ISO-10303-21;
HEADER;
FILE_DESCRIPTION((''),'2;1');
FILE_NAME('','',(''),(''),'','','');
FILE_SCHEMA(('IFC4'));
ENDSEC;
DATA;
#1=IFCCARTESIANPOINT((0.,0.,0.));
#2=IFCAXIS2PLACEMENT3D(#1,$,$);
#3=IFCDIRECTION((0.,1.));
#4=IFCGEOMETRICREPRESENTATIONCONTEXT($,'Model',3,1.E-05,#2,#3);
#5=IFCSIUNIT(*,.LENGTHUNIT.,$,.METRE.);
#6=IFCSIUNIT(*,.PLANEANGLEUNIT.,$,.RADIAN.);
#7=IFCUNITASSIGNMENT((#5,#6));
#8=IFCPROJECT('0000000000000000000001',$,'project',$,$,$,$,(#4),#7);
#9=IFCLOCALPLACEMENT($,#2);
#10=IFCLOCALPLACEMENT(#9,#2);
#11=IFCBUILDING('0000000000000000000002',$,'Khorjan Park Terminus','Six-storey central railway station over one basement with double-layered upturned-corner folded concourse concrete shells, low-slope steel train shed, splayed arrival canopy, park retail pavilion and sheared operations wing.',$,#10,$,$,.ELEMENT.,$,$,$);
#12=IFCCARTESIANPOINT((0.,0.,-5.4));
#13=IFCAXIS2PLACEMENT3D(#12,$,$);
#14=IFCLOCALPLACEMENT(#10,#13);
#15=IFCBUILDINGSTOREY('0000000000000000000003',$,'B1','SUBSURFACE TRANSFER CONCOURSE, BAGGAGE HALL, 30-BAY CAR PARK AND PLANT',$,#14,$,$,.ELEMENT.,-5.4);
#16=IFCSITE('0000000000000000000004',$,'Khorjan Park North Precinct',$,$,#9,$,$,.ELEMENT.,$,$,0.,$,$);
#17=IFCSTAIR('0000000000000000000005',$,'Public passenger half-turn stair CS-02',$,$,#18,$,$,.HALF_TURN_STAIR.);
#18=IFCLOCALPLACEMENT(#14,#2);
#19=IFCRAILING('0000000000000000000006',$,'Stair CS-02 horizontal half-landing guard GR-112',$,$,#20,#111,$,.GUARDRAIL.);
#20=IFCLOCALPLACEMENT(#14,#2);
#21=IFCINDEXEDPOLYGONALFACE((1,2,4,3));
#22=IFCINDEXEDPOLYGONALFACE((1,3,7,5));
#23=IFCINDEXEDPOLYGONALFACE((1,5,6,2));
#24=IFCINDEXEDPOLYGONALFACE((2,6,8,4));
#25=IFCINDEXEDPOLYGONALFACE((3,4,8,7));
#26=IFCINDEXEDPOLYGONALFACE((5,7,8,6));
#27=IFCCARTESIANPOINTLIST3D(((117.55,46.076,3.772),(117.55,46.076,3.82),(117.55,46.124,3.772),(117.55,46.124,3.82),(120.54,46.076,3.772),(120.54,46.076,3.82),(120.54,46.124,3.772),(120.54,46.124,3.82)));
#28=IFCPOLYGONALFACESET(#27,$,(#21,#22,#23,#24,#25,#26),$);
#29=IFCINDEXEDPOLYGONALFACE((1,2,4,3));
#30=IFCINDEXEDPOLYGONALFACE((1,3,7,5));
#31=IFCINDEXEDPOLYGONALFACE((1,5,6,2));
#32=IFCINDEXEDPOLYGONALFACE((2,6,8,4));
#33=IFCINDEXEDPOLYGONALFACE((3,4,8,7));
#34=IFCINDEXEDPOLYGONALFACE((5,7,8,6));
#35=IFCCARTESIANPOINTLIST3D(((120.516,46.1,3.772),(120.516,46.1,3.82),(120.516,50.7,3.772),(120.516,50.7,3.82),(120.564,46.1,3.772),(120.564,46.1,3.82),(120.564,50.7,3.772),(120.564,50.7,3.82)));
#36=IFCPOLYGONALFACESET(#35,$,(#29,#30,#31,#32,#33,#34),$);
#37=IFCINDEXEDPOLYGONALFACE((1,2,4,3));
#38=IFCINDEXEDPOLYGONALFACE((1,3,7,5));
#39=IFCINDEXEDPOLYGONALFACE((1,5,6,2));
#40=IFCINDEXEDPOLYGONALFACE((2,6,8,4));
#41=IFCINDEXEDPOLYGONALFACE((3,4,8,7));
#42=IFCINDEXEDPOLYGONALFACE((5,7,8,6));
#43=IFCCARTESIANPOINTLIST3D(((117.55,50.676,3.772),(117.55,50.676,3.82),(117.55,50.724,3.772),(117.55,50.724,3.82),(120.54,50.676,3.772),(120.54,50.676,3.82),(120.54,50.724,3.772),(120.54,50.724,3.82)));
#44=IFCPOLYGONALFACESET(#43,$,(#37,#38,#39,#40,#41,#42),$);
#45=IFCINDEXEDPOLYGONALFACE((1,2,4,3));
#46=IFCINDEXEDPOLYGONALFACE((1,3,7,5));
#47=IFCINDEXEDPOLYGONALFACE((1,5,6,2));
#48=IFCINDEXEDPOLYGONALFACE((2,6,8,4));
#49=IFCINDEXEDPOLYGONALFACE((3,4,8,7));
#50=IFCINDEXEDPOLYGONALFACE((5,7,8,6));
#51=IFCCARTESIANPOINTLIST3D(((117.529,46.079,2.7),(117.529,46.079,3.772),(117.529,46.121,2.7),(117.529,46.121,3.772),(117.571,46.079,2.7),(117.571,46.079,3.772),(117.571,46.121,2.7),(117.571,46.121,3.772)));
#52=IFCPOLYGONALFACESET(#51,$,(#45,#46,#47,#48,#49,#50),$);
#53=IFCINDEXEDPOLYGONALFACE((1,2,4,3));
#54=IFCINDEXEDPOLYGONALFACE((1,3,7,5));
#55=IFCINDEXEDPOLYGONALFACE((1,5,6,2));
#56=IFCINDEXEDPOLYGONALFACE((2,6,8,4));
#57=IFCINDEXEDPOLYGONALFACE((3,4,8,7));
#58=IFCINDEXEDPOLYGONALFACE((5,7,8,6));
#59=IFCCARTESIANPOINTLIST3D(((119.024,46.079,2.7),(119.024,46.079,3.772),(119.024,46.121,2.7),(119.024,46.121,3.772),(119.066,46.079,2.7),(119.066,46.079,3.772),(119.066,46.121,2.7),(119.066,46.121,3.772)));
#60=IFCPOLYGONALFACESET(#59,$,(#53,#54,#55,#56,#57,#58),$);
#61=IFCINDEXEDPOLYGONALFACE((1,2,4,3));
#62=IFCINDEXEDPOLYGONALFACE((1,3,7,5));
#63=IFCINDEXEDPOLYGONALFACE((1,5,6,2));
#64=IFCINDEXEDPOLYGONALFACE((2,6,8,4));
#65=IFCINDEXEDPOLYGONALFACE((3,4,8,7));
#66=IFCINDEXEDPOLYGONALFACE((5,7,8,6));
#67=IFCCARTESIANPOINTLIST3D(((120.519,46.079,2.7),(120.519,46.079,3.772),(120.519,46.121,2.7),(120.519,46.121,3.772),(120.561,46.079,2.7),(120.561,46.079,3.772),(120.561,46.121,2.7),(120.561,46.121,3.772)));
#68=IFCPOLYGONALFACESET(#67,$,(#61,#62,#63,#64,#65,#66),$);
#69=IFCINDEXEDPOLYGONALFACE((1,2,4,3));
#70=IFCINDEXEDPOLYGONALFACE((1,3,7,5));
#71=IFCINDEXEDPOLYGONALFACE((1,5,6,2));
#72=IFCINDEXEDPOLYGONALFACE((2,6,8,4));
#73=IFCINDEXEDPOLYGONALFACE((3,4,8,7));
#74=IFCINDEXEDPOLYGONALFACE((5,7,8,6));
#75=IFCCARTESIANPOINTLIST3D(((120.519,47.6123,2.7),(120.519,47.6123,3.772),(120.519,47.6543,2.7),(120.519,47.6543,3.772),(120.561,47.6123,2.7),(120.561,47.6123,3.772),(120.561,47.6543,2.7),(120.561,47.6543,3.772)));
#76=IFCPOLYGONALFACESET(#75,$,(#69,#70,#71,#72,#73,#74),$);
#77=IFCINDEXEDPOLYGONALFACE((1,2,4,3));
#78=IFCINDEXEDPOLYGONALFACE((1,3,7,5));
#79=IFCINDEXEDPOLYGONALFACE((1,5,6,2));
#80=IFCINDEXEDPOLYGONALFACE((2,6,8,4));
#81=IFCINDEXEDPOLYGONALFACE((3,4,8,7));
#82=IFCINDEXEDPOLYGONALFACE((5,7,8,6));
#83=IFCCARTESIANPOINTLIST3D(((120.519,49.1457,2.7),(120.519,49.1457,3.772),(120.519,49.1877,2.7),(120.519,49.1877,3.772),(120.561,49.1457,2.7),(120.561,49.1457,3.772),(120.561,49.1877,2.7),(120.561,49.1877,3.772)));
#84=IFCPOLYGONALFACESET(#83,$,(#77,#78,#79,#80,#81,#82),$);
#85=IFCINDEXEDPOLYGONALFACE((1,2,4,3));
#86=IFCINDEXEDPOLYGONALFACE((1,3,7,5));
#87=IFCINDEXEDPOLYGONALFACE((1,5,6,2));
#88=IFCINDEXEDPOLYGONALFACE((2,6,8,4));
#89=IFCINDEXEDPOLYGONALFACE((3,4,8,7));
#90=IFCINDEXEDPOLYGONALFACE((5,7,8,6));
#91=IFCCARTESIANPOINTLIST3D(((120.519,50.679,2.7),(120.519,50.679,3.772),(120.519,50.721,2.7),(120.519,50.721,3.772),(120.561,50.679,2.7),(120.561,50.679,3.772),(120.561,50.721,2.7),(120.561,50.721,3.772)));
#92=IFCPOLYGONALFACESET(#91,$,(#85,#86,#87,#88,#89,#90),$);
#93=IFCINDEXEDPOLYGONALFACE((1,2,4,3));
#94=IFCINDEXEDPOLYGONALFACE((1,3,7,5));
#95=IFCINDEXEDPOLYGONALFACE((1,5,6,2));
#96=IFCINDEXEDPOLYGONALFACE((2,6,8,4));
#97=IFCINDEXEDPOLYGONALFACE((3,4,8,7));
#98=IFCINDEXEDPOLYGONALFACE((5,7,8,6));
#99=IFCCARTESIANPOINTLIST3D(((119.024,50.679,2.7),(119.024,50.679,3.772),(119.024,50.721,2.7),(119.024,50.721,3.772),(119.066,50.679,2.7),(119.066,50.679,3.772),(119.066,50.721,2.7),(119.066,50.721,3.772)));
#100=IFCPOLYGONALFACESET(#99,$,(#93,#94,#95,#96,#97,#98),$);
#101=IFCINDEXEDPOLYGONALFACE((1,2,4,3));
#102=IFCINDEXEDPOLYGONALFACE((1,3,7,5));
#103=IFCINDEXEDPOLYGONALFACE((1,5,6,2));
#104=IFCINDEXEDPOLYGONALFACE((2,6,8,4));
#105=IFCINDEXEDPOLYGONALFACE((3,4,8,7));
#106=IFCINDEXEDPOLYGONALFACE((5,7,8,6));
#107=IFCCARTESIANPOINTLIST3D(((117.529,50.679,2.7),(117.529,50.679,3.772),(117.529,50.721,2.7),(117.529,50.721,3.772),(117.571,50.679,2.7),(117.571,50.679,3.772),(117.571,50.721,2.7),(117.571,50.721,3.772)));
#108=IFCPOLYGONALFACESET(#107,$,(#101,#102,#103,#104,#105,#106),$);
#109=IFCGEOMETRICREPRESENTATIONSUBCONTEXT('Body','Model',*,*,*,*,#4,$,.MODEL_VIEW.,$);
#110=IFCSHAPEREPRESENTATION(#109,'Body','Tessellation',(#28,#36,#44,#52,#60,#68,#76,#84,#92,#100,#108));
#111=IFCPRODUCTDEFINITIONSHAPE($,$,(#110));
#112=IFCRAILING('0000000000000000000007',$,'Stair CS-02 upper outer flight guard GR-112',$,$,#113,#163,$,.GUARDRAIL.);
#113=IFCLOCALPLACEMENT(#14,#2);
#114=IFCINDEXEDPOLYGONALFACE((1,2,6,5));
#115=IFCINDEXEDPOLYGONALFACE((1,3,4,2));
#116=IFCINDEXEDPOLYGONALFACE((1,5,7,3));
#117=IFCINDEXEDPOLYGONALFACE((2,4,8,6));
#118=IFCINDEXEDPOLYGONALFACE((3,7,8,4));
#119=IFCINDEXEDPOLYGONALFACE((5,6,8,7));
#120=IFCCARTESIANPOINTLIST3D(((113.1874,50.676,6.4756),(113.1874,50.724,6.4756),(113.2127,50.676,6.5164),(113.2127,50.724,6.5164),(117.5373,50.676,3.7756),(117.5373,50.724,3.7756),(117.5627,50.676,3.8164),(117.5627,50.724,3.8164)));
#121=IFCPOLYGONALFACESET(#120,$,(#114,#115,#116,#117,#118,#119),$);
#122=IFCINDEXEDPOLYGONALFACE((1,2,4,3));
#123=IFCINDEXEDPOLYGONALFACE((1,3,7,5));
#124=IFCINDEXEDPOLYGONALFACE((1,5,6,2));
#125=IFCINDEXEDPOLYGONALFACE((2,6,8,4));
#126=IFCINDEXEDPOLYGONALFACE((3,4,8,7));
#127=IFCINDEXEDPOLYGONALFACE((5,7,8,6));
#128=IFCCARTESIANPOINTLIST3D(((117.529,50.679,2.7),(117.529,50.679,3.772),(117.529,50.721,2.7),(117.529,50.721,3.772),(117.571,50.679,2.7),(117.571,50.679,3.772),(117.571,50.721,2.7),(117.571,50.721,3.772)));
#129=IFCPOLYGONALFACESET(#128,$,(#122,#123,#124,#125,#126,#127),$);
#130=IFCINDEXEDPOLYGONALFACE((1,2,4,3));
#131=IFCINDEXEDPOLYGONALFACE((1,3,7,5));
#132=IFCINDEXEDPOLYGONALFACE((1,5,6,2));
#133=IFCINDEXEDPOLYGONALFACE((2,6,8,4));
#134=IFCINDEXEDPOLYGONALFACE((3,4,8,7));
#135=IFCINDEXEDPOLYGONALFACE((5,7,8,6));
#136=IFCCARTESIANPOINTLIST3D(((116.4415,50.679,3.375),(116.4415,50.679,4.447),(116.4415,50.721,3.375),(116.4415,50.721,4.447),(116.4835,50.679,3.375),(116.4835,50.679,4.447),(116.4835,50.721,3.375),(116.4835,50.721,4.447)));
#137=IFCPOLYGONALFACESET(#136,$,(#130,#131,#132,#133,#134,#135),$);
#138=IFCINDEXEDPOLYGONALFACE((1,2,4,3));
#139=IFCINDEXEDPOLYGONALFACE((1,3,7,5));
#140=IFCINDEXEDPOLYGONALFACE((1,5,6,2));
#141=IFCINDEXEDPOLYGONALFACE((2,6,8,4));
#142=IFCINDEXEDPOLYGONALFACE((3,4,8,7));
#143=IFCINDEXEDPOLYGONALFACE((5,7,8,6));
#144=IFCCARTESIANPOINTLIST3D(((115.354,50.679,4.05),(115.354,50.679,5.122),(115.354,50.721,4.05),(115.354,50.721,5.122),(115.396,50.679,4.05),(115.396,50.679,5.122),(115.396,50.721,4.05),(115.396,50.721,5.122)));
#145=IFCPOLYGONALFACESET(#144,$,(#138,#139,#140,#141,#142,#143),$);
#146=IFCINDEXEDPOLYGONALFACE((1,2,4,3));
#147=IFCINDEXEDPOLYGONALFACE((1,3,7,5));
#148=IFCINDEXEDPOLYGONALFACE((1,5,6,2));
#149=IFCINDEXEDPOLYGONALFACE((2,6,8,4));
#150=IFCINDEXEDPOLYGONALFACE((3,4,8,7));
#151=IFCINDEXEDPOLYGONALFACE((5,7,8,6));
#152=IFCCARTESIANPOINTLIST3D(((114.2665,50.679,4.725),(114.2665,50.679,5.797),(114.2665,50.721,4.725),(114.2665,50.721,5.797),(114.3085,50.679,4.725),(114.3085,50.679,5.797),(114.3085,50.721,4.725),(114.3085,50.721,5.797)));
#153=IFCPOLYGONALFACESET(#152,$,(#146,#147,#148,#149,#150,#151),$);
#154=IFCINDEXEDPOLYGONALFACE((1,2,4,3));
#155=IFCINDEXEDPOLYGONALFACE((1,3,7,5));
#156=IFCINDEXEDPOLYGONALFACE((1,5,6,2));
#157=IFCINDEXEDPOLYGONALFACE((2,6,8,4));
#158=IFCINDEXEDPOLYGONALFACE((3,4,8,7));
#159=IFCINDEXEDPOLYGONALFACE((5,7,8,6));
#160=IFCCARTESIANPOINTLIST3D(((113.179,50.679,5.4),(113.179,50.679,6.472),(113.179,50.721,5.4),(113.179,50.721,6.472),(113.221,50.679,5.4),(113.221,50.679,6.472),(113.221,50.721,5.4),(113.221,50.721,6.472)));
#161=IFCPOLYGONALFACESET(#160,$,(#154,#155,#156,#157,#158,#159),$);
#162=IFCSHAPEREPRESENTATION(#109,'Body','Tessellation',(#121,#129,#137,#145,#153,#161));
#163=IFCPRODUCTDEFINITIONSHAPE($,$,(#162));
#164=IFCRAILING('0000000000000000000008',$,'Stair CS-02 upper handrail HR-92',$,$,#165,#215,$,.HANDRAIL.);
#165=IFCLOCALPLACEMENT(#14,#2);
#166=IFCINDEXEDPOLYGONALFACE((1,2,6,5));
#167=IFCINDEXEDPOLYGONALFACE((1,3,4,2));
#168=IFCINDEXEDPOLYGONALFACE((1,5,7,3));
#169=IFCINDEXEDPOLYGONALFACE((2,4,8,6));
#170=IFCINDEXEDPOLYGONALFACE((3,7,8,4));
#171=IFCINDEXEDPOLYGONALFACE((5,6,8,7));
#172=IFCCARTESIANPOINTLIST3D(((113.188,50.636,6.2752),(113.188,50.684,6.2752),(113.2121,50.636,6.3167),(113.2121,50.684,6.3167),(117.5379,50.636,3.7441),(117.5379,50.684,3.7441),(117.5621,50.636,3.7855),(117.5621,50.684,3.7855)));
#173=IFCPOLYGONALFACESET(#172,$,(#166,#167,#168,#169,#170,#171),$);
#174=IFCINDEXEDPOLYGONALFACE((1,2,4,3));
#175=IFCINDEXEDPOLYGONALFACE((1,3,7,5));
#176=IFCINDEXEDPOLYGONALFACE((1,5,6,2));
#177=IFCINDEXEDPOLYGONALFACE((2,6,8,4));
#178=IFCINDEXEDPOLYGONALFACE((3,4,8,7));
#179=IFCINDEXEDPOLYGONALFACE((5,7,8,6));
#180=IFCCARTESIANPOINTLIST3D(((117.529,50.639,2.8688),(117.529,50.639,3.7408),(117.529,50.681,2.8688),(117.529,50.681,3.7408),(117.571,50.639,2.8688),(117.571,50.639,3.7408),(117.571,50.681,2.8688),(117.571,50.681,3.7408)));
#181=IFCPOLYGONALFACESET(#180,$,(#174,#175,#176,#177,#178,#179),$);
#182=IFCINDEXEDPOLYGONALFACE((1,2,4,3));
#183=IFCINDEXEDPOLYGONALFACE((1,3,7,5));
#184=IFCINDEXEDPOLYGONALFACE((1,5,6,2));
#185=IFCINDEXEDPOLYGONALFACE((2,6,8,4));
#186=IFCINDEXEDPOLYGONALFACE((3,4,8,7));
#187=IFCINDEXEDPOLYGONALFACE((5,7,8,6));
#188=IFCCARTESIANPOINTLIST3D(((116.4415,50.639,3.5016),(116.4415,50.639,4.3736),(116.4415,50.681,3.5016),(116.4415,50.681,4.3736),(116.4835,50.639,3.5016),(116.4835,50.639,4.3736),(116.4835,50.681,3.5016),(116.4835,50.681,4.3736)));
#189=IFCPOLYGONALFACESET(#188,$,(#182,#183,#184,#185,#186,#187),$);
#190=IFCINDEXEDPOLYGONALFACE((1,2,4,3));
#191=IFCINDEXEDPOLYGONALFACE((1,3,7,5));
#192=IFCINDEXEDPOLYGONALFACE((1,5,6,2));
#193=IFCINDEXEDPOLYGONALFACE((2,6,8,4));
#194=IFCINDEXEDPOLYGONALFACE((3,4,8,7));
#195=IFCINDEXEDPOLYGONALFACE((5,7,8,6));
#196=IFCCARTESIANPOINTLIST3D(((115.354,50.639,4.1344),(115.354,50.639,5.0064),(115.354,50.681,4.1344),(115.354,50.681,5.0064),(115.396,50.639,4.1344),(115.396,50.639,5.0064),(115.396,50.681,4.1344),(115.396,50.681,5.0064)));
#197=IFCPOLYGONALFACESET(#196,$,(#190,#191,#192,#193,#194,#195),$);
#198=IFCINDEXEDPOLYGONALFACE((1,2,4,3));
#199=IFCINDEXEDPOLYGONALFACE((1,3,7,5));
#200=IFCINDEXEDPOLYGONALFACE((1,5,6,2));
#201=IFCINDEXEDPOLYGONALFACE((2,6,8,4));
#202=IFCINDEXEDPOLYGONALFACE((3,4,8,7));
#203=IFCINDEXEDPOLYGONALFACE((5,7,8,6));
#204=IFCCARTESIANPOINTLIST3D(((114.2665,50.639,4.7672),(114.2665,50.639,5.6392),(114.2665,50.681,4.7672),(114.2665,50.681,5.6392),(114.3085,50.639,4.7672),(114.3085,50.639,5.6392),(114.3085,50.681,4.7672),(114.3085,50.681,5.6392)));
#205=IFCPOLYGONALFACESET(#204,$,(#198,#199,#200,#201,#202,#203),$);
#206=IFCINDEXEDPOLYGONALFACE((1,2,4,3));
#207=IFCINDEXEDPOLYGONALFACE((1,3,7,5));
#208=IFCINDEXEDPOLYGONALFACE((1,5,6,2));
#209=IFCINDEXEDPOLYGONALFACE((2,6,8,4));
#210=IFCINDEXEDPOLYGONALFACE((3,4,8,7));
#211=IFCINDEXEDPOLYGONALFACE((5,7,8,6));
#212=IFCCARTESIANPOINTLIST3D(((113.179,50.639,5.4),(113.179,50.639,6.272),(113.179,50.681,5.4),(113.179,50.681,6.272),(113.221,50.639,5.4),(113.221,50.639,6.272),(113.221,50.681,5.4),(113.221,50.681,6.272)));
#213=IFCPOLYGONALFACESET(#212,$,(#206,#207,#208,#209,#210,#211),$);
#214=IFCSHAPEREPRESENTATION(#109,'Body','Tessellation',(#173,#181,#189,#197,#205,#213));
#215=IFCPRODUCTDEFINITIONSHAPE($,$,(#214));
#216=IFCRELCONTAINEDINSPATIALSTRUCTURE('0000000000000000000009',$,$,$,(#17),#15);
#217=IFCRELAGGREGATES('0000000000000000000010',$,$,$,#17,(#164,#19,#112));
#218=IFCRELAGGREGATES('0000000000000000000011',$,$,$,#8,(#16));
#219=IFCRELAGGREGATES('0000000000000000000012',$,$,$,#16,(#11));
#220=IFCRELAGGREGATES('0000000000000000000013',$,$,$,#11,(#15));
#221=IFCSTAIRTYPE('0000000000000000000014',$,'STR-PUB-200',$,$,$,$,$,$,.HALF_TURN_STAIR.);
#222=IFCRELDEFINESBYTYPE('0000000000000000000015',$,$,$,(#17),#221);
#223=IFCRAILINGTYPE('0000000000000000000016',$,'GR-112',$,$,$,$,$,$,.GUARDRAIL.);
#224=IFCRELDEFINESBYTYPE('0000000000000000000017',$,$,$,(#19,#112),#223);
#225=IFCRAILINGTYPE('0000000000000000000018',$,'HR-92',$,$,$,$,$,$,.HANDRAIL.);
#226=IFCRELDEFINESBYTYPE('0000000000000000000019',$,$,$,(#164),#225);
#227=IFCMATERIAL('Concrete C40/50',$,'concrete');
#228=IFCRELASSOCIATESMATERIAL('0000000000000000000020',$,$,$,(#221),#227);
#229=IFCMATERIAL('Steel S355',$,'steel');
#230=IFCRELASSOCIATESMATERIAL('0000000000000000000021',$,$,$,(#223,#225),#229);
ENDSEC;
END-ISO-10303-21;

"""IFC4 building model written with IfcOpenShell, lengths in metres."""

from ifc_helpers import new_model, si_unit, direction, frame, origin, origin_2d, place, context, subcontext, project, spatial, rectangle, extrude, material, type_object, element, aggregate, save


model = new_model("IFC4")

# Units and contexts
model_context = context("Model", 3, precision=1e-05, world=origin(), true_north=direction((0.0, 1.0)))
body_context = subcontext(model_context, "Body", "Model", "MODEL_VIEW")
ifc_project = project(units=[si_unit("LENGTHUNIT", "METRE"), si_unit("PLANEANGLEUNIT", "RADIAN")], contexts=[model_context])

# Site, building, storey
site_placement = place(None, origin())
site = spatial("IfcSite", under=ifc_project, at=site_placement, Name="Khorjan Park North Precinct", CompositionType="ELEMENT", RefElevation=0.0)
building_placement = place(site_placement, origin())
building = spatial("IfcBuilding", under=site, at=building_placement, Name="Khorjan Park Terminus", Description="Six-storey central railway station over one basement with double-layered upturned-corner folded concourse concrete shells, low-slope steel train shed, splayed arrival canopy, park retail pavilion and sheared operations wing.", CompositionType="ELEMENT")
storey_placement = place(building_placement, frame((0.0, 0.0, -5.4)))
storey = spatial("IfcBuildingStorey", under=building, at=storey_placement, Name="B1", Description="SUBSURFACE TRANSFER CONCOURSE, BAGGAGE HALL, 30-BAY CAR PARK AND PLANT", CompositionType="ELEMENT", Elevation=-5.4)

# Shared definitions
ifc_material_1 = material(Name="Concrete C40/50", Category="concrete")

# Shared definitions
ifc_material_2 = material(Name="Steel S355", Category="steel")

# Stair, railings
stair_type = type_object("IfcStairType", Name="STR-PUB-200", PredefinedType="HALF_TURN_STAIR", material=ifc_material_1)
stair_placement = place(storey_placement, origin())
stair = element("IfcStair", 1, at=stair_placement, inside=storey, type_object=stair_type, Name="Public passenger half-turn stair CS-02", PredefinedType="HALF_TURN_STAIR")
railing_type_1 = type_object("IfcRailingType", Name="GR-112", PredefinedType="GUARDRAIL", material=ifc_material_2)
railing_1_placement = place(storey_placement, frame((117.55, 46.1, 2.7)))
railing_1 = element("IfcRailing", 2, at=railing_1_placement, type_object=railing_type_1, Name="Stair CS-02 horizontal half-landing guard GR-112", PredefinedType="GUARDRAIL", context=body_context, shape_type="SweptSolid", body=[
    extrude(rectangle(XDim=0.048, YDim=0.048, at=origin_2d()), frame((0.0, 0.0, 1.096), z_axis=(1.0, 0.0, 0.0), x_axis=(0.0, 1.0, 0.0)), (0.0, 0.0, 1.0), 2.99),
    extrude(rectangle(XDim=0.048, YDim=0.048, at=origin_2d()), frame((2.99, 0.0, 1.096), z_axis=(0.0, 1.0, 0.0), x_axis=(-1.0, 0.0, 0.0)), (0.0, 0.0, 1.0), 4.6),
    extrude(rectangle(XDim=0.048, YDim=0.048, at=origin_2d()), frame((2.99, 4.6, 1.096), z_axis=(-1.0, 0.0, 0.0), x_axis=(0.0, -1.0, 0.0)), (0.0, 0.0, 1.0), 2.99),
    extrude(rectangle(XDim=0.042, YDim=0.042, at=origin_2d()), origin(), (0.0, 0.0, 1.0), 1.072),
    extrude(rectangle(XDim=0.042, YDim=0.042, at=origin_2d()), frame((1.495, 0.0, 0.0)), (0.0, 0.0, 1.0), 1.072),
    extrude(rectangle(XDim=0.042, YDim=0.042, at=origin_2d()), frame((2.99, 0.0, 0.0)), (0.0, 0.0, 1.0), 1.072),
    extrude(rectangle(XDim=0.042, YDim=0.042, at=origin_2d()), frame((2.99, 1.5333, 0.0)), (0.0, 0.0, 1.0), 1.072),
    extrude(rectangle(XDim=0.042, YDim=0.042, at=origin_2d()), frame((2.99, 3.0667, 0.0)), (0.0, 0.0, 1.0), 1.072),
    extrude(rectangle(XDim=0.042, YDim=0.042, at=origin_2d()), frame((2.99, 4.6, 0.0)), (0.0, 0.0, 1.0), 1.072),
    extrude(rectangle(XDim=0.042, YDim=0.042, at=origin_2d()), frame((1.495, 4.6, 0.0)), (0.0, 0.0, 1.0), 1.072),
    extrude(rectangle(XDim=0.042, YDim=0.042, at=origin_2d()), frame((0.0, 4.6, 0.0)), (0.0, 0.0, 1.0), 1.072),
])
railing_2_placement = place(storey_placement, frame((117.55, 50.7, 2.7)))
railing_2 = element("IfcRailing", 3, at=railing_2_placement, type_object=railing_type_1, Name="Stair CS-02 upper outer flight guard GR-112", PredefinedType="GUARDRAIL", context=body_context, shape_type="SweptSolid", body=[
    extrude(rectangle(XDim=0.048, YDim=0.048, at=origin_2d()), frame((0.0, 0.0, 1.096), z_axis=(-0.84964, 0.0, 0.527363), x_axis=(0.0, -1.0, 0.0)), (0.0, 0.0, 1.0), 5.1198),
    extrude(rectangle(XDim=0.042, YDim=0.042, at=origin_2d()), origin(), (0.0, 0.0, 1.0), 1.072),
    extrude(rectangle(XDim=0.042, YDim=0.042, at=origin_2d()), frame((-1.0875, 0.0, 0.675)), (0.0, 0.0, 1.0), 1.072),
    extrude(rectangle(XDim=0.042, YDim=0.042, at=origin_2d()), frame((-2.175, 0.0, 1.35)), (0.0, 0.0, 1.0), 1.072),
    extrude(rectangle(XDim=0.042, YDim=0.042, at=origin_2d()), frame((-3.2625, 0.0, 2.025)), (0.0, 0.0, 1.0), 1.072),
    extrude(rectangle(XDim=0.042, YDim=0.042, at=origin_2d()), frame((-4.35, 0.0, 2.7)), (0.0, 0.0, 1.0), 1.072),
])
railing_type_2 = type_object("IfcRailingType", Name="HR-92", PredefinedType="HANDRAIL", material=ifc_material_2)
railing_3_placement = place(storey_placement, frame((117.55, 50.66, 2.8688)))
railing_3 = element("IfcRailing", 4, at=railing_3_placement, type_object=railing_type_2, Name="Stair CS-02 upper handrail HR-92", PredefinedType="HANDRAIL", context=body_context, shape_type="SweptSolid", body=[
    extrude(rectangle(XDim=0.048, YDim=0.048, at=origin_2d()), frame((0.0, 0.0, 0.896), z_axis=(-0.864323, 0.0, 0.502937), x_axis=(0.0, -1.0, 0.0)), (0.0, 0.0, 1.0), 5.0328),
    extrude(rectangle(XDim=0.042, YDim=0.042, at=origin_2d()), origin(), (0.0, 0.0, 1.0), 0.872),
    extrude(rectangle(XDim=0.042, YDim=0.042, at=origin_2d()), frame((-1.0875, 0.0, 0.6328)), (0.0, 0.0, 1.0), 0.872),
    extrude(rectangle(XDim=0.042, YDim=0.042, at=origin_2d()), frame((-2.175, 0.0, 1.2656)), (0.0, 0.0, 1.0), 0.872),
    extrude(rectangle(XDim=0.042, YDim=0.042, at=origin_2d()), frame((-3.2625, 0.0, 1.8984)), (0.0, 0.0, 1.0), 0.872),
    extrude(rectangle(XDim=0.042, YDim=0.042, at=origin_2d()), frame((-4.35, 0.0, 2.5312)), (0.0, 0.0, 1.0), 0.872),
])
aggregate(stair, [railing_3, railing_1, railing_2])

save(model, "model.ifc")
